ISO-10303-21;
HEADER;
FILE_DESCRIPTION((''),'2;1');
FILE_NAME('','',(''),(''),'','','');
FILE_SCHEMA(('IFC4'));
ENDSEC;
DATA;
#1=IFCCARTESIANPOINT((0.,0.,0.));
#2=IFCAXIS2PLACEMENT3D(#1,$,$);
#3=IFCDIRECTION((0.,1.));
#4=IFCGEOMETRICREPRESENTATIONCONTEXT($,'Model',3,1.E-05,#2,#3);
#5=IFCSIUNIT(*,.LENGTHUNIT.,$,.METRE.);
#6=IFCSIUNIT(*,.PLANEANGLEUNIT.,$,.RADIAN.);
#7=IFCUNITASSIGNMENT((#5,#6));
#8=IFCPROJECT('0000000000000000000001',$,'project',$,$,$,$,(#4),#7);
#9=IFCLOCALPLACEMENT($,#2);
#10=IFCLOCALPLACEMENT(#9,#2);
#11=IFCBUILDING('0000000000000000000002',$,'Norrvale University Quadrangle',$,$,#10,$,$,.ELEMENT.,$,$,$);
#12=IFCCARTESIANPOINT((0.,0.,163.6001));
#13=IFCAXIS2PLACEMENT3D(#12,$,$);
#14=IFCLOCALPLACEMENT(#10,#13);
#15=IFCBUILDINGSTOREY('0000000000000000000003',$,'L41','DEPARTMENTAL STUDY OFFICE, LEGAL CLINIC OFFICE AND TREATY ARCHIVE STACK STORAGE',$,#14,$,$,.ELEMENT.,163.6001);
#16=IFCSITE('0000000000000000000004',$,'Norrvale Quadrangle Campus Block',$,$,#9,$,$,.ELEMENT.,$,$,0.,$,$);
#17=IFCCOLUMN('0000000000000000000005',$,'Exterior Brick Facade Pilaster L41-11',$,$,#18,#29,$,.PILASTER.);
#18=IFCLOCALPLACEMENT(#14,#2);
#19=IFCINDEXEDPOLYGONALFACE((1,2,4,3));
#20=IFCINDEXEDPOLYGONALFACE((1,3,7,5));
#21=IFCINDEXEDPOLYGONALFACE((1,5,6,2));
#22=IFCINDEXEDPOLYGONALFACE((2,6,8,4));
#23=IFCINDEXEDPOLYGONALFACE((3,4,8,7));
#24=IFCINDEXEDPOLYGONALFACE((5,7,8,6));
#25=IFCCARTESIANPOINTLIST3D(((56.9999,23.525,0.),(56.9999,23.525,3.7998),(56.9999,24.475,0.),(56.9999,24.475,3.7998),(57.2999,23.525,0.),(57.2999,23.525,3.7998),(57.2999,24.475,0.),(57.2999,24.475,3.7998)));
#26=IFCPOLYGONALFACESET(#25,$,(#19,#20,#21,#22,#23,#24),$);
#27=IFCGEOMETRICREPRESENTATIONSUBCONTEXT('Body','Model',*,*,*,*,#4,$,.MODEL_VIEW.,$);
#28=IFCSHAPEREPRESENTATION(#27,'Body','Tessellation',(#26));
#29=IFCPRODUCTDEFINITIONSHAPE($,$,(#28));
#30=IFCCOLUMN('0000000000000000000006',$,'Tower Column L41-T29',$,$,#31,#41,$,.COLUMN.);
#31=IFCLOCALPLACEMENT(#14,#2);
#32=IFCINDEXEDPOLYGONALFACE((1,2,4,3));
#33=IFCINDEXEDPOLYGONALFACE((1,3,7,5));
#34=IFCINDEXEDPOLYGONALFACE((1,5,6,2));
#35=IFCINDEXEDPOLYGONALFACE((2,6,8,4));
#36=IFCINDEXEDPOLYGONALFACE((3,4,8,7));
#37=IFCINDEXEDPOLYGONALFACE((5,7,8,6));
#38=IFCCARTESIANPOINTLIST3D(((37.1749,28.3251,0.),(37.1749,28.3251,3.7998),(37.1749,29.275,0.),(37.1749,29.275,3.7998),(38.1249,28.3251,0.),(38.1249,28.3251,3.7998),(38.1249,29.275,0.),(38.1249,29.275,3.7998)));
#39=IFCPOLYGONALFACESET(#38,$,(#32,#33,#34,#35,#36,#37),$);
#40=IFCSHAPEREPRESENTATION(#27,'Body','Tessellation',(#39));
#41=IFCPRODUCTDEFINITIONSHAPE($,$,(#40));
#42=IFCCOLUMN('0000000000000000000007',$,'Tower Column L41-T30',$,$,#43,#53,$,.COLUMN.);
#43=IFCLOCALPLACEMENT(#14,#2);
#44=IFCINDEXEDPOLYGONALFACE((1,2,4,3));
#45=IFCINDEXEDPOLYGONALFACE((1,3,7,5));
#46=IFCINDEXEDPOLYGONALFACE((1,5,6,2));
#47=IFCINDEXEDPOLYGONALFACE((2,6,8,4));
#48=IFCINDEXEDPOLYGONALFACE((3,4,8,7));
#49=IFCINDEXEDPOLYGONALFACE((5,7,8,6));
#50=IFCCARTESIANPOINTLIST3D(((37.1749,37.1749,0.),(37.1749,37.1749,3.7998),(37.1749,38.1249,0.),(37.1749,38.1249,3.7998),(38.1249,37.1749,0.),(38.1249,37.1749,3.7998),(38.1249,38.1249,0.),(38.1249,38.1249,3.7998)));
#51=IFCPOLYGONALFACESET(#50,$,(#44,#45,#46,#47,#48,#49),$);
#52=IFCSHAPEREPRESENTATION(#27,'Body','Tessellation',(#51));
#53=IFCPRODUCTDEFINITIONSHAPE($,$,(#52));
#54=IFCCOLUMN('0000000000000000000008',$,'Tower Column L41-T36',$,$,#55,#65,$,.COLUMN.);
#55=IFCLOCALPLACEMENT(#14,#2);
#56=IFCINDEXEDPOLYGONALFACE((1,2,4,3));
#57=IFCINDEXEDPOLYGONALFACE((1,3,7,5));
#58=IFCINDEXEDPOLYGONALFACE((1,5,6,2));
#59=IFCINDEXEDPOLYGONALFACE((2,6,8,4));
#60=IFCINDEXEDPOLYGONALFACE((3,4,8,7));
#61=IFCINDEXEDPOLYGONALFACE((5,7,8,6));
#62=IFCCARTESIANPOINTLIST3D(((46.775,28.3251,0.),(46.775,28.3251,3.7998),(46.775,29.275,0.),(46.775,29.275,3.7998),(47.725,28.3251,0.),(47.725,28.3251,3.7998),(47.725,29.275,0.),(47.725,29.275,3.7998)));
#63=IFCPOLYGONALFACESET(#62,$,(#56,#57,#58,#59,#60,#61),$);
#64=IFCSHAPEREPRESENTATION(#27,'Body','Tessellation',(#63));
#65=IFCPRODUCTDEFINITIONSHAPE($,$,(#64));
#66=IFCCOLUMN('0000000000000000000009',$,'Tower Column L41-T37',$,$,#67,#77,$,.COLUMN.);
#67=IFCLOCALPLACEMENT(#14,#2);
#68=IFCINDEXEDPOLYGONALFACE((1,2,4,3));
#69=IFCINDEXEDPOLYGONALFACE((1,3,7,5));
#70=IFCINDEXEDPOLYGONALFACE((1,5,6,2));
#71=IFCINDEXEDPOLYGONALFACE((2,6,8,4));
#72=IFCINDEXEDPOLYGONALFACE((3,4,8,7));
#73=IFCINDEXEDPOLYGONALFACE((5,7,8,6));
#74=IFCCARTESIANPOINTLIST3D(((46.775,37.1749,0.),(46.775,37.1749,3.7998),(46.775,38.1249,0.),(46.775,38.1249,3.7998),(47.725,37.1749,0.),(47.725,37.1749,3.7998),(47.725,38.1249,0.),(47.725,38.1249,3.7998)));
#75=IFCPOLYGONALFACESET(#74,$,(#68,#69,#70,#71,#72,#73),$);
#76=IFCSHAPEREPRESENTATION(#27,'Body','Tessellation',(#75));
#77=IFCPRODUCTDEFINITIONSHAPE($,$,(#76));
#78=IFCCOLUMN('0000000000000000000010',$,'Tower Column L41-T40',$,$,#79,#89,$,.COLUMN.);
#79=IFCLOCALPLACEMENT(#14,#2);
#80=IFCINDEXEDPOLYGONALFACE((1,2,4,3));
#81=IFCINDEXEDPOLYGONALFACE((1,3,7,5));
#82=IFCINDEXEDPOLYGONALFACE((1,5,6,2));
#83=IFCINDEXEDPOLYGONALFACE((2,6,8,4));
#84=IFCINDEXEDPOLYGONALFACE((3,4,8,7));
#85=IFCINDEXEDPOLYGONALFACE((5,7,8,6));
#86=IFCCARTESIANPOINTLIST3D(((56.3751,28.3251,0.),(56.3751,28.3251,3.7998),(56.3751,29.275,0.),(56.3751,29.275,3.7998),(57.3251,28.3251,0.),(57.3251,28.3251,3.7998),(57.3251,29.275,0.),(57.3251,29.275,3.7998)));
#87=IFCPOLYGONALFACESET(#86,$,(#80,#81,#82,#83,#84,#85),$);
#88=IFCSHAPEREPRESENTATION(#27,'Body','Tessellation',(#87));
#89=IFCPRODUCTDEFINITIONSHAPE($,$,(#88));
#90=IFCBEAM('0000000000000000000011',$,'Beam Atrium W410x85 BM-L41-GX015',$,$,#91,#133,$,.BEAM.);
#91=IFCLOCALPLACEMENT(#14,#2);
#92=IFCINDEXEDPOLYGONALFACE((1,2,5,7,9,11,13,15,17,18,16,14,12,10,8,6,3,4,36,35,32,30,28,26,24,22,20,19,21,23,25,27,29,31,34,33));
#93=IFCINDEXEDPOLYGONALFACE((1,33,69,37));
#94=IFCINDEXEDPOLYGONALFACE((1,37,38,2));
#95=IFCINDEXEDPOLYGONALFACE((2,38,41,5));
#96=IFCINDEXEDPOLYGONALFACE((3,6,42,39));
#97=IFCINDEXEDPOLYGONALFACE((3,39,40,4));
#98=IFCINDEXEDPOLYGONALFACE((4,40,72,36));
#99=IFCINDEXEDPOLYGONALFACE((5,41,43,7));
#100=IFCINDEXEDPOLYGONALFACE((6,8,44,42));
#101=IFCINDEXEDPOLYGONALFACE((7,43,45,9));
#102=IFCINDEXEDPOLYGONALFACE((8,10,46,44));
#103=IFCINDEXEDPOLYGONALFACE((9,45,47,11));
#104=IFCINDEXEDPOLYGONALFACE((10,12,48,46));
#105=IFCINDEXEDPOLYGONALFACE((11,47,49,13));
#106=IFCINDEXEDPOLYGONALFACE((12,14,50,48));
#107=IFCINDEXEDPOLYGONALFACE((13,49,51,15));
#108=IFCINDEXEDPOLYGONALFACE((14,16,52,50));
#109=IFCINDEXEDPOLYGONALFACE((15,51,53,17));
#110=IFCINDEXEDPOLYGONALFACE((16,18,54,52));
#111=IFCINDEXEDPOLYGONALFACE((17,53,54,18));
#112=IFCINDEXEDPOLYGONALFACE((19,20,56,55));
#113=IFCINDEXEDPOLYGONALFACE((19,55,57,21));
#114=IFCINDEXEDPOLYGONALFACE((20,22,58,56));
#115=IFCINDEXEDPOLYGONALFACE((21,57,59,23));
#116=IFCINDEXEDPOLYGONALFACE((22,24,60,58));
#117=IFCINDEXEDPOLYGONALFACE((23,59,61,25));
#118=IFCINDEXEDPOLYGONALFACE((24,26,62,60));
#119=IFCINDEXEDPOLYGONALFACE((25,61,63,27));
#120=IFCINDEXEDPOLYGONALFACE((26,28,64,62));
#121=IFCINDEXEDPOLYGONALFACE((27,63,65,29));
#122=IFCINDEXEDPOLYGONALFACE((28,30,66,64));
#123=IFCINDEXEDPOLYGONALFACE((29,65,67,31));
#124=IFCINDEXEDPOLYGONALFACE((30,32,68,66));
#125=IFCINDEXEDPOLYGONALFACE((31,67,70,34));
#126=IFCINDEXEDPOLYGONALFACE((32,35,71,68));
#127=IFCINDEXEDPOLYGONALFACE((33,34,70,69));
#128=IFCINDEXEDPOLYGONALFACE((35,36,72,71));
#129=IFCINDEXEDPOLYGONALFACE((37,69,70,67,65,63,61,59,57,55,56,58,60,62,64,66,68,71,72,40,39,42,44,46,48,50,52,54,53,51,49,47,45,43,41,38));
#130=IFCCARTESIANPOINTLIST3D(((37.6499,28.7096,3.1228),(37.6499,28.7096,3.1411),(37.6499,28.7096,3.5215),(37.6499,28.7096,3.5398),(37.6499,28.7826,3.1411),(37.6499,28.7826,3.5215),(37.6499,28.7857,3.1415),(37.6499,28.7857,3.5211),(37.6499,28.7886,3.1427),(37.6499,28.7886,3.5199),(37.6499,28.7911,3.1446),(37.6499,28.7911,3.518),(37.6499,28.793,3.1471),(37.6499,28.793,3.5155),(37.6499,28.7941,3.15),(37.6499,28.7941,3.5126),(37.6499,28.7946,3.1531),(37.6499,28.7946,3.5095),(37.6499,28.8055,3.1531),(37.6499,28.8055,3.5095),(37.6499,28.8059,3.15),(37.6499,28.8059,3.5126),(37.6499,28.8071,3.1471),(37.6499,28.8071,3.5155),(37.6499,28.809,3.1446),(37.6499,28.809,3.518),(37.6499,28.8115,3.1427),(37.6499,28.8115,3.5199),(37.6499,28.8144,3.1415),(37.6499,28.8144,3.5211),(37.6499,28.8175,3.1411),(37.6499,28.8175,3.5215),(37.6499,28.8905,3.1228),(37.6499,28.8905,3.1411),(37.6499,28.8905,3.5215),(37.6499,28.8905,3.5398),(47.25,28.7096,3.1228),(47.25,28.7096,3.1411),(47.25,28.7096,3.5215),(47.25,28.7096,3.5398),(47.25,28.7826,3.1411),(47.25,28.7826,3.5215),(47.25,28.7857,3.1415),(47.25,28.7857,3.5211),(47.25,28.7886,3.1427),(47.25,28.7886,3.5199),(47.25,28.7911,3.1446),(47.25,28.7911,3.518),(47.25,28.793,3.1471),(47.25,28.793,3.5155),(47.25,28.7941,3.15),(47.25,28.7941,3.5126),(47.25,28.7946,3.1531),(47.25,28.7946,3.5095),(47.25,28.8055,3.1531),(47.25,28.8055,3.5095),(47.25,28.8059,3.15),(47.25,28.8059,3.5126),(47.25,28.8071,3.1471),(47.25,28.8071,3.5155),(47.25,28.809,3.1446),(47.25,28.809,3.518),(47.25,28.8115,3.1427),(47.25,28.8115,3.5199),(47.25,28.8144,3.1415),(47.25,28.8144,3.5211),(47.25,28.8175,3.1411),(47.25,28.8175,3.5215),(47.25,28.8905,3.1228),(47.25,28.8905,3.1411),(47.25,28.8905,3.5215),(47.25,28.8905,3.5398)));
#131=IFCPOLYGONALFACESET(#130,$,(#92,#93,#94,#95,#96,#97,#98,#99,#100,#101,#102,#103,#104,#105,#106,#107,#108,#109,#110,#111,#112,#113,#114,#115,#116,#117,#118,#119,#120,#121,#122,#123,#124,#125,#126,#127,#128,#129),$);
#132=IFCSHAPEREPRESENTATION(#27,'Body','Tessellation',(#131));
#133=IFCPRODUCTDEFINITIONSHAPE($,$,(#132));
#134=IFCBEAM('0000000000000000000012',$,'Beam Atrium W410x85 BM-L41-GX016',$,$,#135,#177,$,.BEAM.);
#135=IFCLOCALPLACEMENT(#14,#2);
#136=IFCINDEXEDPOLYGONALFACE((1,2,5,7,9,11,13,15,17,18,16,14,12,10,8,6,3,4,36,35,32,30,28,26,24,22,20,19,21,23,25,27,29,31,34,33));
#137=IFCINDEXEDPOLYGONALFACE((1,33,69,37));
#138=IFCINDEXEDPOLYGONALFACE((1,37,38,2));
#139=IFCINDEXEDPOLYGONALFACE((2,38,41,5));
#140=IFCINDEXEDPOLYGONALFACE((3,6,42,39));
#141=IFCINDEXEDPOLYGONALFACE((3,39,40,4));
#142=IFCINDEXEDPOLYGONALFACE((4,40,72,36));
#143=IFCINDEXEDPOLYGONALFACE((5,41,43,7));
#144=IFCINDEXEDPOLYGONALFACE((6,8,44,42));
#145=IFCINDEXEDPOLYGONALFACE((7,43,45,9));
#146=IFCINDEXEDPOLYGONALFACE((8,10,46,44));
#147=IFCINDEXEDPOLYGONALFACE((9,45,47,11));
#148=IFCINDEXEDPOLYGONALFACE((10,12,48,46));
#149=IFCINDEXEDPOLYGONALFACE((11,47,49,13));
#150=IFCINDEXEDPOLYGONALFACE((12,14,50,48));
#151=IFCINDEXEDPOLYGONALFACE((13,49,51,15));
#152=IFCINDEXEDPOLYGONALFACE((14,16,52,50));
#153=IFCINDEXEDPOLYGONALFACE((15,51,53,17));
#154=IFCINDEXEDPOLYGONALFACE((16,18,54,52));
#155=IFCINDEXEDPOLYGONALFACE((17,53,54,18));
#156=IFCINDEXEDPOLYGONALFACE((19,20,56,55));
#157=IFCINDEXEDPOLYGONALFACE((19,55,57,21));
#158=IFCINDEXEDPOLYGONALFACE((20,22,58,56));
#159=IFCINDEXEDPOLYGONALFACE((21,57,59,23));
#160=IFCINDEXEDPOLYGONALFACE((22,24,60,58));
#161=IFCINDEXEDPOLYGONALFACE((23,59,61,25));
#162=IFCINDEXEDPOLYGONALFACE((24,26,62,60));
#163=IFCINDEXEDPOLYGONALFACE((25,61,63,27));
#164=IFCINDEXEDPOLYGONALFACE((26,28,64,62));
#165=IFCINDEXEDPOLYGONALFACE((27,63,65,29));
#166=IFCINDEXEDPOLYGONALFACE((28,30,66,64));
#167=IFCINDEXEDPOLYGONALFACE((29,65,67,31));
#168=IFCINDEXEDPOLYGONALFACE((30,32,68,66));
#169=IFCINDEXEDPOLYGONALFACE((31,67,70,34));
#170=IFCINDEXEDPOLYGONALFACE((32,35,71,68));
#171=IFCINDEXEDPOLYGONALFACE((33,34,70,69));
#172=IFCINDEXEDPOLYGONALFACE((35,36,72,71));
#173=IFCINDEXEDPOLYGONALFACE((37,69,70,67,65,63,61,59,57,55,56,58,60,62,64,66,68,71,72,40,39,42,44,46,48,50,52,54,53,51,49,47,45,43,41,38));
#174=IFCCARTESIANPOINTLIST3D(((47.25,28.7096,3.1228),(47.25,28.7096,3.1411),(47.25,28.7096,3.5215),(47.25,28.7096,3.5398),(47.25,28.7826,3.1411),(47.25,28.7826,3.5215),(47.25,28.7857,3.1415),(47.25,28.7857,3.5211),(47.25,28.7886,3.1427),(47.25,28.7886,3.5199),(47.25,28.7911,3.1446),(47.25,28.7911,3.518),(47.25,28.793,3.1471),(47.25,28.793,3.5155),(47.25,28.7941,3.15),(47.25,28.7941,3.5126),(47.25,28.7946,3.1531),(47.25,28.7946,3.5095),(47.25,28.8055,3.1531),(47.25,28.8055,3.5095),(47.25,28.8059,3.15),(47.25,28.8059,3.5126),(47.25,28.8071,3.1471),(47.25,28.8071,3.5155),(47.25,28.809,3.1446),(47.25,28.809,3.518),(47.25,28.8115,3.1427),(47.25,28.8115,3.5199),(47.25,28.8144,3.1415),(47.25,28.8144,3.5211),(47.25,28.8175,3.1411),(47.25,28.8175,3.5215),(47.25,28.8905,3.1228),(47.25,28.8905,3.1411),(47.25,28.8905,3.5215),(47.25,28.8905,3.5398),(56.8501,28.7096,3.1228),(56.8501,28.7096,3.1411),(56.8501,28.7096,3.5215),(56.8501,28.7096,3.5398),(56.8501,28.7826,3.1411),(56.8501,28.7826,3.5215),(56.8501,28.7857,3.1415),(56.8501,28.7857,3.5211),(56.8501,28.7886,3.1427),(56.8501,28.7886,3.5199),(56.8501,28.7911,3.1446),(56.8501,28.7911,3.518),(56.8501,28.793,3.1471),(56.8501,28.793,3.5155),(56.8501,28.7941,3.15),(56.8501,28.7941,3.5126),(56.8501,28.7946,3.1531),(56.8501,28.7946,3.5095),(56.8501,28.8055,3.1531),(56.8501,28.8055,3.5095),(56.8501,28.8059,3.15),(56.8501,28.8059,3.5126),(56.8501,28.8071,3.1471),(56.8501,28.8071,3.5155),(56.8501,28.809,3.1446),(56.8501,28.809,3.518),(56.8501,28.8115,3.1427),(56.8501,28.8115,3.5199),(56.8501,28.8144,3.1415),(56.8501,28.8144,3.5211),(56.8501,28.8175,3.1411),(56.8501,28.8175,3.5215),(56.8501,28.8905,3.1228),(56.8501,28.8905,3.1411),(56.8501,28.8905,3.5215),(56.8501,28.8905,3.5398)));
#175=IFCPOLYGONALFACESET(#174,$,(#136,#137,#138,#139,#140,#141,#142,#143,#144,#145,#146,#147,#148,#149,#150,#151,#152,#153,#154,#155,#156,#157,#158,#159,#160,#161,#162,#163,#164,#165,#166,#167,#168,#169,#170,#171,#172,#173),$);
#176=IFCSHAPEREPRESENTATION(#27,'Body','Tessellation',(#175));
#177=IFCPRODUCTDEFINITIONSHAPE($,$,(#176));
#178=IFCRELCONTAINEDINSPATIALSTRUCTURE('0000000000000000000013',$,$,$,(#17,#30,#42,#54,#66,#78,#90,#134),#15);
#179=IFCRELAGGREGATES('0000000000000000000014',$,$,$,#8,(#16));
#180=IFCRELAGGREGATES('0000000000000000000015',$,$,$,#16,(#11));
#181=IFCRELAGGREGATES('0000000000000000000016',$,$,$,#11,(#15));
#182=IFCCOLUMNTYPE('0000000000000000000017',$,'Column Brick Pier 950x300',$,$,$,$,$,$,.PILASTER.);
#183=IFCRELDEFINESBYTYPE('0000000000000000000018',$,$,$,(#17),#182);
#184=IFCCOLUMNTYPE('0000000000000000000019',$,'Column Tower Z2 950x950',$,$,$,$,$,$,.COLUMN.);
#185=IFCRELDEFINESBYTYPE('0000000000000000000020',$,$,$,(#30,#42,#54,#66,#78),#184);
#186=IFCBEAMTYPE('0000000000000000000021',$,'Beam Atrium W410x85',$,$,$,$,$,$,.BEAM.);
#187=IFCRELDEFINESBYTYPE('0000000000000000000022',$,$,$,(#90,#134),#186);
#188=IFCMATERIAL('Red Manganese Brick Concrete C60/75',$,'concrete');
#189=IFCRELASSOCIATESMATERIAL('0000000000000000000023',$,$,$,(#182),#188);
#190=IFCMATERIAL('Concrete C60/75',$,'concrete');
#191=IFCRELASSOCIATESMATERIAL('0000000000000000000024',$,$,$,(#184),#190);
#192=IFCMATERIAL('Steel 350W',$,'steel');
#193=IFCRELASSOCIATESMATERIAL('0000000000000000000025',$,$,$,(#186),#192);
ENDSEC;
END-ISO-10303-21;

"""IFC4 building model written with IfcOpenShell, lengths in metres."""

from ifc_helpers import new_model, si_unit, direction, frame, origin, origin_2d, place, context, subcontext, project, spatial, rectangle, i_section, extrude, material, material_profile, profile_set, type_object, element, save


model = new_model("IFC4")

# Units and contexts
model_context = context("Model", 3, precision=1e-05, world=origin(), true_north=direction((0.0, 1.0)))
body_context = subcontext(model_context, "Body", "Model", "MODEL_VIEW")
ifc_project = project(units=[si_unit("LENGTHUNIT", "METRE"), si_unit("PLANEANGLEUNIT", "RADIAN")], contexts=[model_context])

# Site, building, storey
site_placement = place(None, origin())
site = spatial("IfcSite", under=ifc_project, at=site_placement, Name="Norrvale Quadrangle Campus Block", CompositionType="ELEMENT", RefElevation=0.0)
building_placement = place(site_placement, origin())
building = spatial("IfcBuilding", under=site, at=building_placement, Name="Norrvale University Quadrangle", CompositionType="ELEMENT")
storey_placement = place(building_placement, frame((0.0, 0.0, 163.6001)))
storey = spatial("IfcBuildingStorey", under=building, at=storey_placement, Name="L41", Description="DEPARTMENTAL STUDY OFFICE, LEGAL CLINIC OFFICE AND TREATY ARCHIVE STACK STORAGE", CompositionType="ELEMENT", Elevation=163.6001)

# Columns
ifc_material_1 = material(Name="Red Manganese Brick Concrete C60/75", Category="concrete")
ifc_material_profile_1 = material_profile(ifc_material_1, rectangle(XDim=0.95, YDim=0.3, at=origin_2d()), Name="Red Manganese Brick Concrete C60/75")
ifc_profile_set_1 = profile_set([ifc_material_profile_1], Name="Red Manganese Brick Concrete C60/75")
column_type_1 = type_object("IfcColumnType", Name="Column Brick Pier 950x300", PredefinedType="PILASTER", material=ifc_profile_set_1)
column_placement = place(storey_placement, frame((57.1499, 24.0, 0.0), z_axis=(0.0, 0.0, 1.0), x_axis=(0.0, 1.0, 0.0)))
element("IfcColumn", 1, at=column_placement, inside=storey, type_object=column_type_1, Name="Exterior Brick Facade Pilaster L41-11", PredefinedType="PILASTER", context=body_context, shape_type="SweptSolid", body=[
    extrude(rectangle(XDim=0.95, YDim=0.3, at=origin_2d()), origin(), (0.0, 0.0, 1.0), 3.7998),
])
ifc_material_2 = material(Name="Concrete C60/75", Category="concrete")
ifc_material_profile_2 = material_profile(ifc_material_2, rectangle(XDim=0.95, YDim=0.95, at=origin_2d()), Name="Concrete C60/75")
ifc_profile_set_2 = profile_set([ifc_material_profile_2], Name="Concrete C60/75")
column_type_2 = type_object("IfcColumnType", Name="Column Tower Z2 950x950", PredefinedType="COLUMN", material=ifc_profile_set_2)
for number, where, z_axis, x_axis, name in (
    (2, (37.6499, 28.8, 0.0), (0.0, 0.0, 1.0), (1.0, 0.0, 0.0), "Tower Column L41-T29"),
    (3, (37.6499, 37.6499, 0.0), (0.0, 0.0, 1.0), (1.0, 0.0, 0.0), "Tower Column L41-T30"),
    (4, (47.25, 28.8, 0.0), (0.0, 0.0, 1.0), (1.0, 0.0, 0.0), "Tower Column L41-T36"),
    (5, (47.25, 37.6499, 0.0), (0.0, 0.0, 1.0), (1.0, 0.0, 0.0), "Tower Column L41-T37"),
    (6, (56.8501, 28.8, 0.0), (0.0, 0.0, 1.0), (1.0, 0.0, 0.0), "Tower Column L41-T40"),
):
    element("IfcColumn", number, at=place(storey_placement, frame(where, z_axis=z_axis, x_axis=x_axis)), inside=storey, type_object=column_type_2, Name=name, PredefinedType="COLUMN", context=body_context, shape_type="SweptSolid", body=[
        extrude(rectangle(XDim=0.95, YDim=0.95, at=origin_2d()), origin(), (0.0, 0.0, 1.0), 3.7998),
    ])

# Beams
ifc_material_3 = material(Name="Steel 350W", Category="steel")
ifc_material_profile_3 = material_profile(ifc_material_3, i_section(OverallWidth=0.1809, OverallDepth=0.417, WebThickness=0.011, FlangeThickness=0.0183, FilletRadius=0.012, at=origin_2d()), Name="Steel 350W")
ifc_profile_set_3 = profile_set([ifc_material_profile_3], Name="Steel 350W")
beam_type_1 = type_object("IfcBeamType", Name="Beam Atrium W410x85", PredefinedType="BEAM", material=ifc_profile_set_3)
for number, where, z_axis, x_axis, name in (
    (7, (37.6499, 28.8, 3.3313), (1.0, 0.0, 0.0), (0.0, 1.0, 0.0), "Beam Atrium W410x85 BM-L41-GX015"),
    (8, (47.25, 28.8, 3.3313), (1.0, 0.0, 0.0), (0.0, 1.0, 0.0), "Beam Atrium W410x85 BM-L41-GX016"),
):
    element("IfcBeam", number, at=place(storey_placement, frame(where, z_axis=z_axis, x_axis=x_axis)), inside=storey, type_object=beam_type_1, Name=name, PredefinedType="BEAM", context=body_context, shape_type="SweptSolid", body=[
        extrude(i_section(OverallWidth=0.1809, OverallDepth=0.417, WebThickness=0.011, FlangeThickness=0.0183, FilletRadius=0.012, at=origin_2d()), origin(), (0.0, 0.0, 1.0), 9.6001),
    ])

save(model, "model.ifc")
